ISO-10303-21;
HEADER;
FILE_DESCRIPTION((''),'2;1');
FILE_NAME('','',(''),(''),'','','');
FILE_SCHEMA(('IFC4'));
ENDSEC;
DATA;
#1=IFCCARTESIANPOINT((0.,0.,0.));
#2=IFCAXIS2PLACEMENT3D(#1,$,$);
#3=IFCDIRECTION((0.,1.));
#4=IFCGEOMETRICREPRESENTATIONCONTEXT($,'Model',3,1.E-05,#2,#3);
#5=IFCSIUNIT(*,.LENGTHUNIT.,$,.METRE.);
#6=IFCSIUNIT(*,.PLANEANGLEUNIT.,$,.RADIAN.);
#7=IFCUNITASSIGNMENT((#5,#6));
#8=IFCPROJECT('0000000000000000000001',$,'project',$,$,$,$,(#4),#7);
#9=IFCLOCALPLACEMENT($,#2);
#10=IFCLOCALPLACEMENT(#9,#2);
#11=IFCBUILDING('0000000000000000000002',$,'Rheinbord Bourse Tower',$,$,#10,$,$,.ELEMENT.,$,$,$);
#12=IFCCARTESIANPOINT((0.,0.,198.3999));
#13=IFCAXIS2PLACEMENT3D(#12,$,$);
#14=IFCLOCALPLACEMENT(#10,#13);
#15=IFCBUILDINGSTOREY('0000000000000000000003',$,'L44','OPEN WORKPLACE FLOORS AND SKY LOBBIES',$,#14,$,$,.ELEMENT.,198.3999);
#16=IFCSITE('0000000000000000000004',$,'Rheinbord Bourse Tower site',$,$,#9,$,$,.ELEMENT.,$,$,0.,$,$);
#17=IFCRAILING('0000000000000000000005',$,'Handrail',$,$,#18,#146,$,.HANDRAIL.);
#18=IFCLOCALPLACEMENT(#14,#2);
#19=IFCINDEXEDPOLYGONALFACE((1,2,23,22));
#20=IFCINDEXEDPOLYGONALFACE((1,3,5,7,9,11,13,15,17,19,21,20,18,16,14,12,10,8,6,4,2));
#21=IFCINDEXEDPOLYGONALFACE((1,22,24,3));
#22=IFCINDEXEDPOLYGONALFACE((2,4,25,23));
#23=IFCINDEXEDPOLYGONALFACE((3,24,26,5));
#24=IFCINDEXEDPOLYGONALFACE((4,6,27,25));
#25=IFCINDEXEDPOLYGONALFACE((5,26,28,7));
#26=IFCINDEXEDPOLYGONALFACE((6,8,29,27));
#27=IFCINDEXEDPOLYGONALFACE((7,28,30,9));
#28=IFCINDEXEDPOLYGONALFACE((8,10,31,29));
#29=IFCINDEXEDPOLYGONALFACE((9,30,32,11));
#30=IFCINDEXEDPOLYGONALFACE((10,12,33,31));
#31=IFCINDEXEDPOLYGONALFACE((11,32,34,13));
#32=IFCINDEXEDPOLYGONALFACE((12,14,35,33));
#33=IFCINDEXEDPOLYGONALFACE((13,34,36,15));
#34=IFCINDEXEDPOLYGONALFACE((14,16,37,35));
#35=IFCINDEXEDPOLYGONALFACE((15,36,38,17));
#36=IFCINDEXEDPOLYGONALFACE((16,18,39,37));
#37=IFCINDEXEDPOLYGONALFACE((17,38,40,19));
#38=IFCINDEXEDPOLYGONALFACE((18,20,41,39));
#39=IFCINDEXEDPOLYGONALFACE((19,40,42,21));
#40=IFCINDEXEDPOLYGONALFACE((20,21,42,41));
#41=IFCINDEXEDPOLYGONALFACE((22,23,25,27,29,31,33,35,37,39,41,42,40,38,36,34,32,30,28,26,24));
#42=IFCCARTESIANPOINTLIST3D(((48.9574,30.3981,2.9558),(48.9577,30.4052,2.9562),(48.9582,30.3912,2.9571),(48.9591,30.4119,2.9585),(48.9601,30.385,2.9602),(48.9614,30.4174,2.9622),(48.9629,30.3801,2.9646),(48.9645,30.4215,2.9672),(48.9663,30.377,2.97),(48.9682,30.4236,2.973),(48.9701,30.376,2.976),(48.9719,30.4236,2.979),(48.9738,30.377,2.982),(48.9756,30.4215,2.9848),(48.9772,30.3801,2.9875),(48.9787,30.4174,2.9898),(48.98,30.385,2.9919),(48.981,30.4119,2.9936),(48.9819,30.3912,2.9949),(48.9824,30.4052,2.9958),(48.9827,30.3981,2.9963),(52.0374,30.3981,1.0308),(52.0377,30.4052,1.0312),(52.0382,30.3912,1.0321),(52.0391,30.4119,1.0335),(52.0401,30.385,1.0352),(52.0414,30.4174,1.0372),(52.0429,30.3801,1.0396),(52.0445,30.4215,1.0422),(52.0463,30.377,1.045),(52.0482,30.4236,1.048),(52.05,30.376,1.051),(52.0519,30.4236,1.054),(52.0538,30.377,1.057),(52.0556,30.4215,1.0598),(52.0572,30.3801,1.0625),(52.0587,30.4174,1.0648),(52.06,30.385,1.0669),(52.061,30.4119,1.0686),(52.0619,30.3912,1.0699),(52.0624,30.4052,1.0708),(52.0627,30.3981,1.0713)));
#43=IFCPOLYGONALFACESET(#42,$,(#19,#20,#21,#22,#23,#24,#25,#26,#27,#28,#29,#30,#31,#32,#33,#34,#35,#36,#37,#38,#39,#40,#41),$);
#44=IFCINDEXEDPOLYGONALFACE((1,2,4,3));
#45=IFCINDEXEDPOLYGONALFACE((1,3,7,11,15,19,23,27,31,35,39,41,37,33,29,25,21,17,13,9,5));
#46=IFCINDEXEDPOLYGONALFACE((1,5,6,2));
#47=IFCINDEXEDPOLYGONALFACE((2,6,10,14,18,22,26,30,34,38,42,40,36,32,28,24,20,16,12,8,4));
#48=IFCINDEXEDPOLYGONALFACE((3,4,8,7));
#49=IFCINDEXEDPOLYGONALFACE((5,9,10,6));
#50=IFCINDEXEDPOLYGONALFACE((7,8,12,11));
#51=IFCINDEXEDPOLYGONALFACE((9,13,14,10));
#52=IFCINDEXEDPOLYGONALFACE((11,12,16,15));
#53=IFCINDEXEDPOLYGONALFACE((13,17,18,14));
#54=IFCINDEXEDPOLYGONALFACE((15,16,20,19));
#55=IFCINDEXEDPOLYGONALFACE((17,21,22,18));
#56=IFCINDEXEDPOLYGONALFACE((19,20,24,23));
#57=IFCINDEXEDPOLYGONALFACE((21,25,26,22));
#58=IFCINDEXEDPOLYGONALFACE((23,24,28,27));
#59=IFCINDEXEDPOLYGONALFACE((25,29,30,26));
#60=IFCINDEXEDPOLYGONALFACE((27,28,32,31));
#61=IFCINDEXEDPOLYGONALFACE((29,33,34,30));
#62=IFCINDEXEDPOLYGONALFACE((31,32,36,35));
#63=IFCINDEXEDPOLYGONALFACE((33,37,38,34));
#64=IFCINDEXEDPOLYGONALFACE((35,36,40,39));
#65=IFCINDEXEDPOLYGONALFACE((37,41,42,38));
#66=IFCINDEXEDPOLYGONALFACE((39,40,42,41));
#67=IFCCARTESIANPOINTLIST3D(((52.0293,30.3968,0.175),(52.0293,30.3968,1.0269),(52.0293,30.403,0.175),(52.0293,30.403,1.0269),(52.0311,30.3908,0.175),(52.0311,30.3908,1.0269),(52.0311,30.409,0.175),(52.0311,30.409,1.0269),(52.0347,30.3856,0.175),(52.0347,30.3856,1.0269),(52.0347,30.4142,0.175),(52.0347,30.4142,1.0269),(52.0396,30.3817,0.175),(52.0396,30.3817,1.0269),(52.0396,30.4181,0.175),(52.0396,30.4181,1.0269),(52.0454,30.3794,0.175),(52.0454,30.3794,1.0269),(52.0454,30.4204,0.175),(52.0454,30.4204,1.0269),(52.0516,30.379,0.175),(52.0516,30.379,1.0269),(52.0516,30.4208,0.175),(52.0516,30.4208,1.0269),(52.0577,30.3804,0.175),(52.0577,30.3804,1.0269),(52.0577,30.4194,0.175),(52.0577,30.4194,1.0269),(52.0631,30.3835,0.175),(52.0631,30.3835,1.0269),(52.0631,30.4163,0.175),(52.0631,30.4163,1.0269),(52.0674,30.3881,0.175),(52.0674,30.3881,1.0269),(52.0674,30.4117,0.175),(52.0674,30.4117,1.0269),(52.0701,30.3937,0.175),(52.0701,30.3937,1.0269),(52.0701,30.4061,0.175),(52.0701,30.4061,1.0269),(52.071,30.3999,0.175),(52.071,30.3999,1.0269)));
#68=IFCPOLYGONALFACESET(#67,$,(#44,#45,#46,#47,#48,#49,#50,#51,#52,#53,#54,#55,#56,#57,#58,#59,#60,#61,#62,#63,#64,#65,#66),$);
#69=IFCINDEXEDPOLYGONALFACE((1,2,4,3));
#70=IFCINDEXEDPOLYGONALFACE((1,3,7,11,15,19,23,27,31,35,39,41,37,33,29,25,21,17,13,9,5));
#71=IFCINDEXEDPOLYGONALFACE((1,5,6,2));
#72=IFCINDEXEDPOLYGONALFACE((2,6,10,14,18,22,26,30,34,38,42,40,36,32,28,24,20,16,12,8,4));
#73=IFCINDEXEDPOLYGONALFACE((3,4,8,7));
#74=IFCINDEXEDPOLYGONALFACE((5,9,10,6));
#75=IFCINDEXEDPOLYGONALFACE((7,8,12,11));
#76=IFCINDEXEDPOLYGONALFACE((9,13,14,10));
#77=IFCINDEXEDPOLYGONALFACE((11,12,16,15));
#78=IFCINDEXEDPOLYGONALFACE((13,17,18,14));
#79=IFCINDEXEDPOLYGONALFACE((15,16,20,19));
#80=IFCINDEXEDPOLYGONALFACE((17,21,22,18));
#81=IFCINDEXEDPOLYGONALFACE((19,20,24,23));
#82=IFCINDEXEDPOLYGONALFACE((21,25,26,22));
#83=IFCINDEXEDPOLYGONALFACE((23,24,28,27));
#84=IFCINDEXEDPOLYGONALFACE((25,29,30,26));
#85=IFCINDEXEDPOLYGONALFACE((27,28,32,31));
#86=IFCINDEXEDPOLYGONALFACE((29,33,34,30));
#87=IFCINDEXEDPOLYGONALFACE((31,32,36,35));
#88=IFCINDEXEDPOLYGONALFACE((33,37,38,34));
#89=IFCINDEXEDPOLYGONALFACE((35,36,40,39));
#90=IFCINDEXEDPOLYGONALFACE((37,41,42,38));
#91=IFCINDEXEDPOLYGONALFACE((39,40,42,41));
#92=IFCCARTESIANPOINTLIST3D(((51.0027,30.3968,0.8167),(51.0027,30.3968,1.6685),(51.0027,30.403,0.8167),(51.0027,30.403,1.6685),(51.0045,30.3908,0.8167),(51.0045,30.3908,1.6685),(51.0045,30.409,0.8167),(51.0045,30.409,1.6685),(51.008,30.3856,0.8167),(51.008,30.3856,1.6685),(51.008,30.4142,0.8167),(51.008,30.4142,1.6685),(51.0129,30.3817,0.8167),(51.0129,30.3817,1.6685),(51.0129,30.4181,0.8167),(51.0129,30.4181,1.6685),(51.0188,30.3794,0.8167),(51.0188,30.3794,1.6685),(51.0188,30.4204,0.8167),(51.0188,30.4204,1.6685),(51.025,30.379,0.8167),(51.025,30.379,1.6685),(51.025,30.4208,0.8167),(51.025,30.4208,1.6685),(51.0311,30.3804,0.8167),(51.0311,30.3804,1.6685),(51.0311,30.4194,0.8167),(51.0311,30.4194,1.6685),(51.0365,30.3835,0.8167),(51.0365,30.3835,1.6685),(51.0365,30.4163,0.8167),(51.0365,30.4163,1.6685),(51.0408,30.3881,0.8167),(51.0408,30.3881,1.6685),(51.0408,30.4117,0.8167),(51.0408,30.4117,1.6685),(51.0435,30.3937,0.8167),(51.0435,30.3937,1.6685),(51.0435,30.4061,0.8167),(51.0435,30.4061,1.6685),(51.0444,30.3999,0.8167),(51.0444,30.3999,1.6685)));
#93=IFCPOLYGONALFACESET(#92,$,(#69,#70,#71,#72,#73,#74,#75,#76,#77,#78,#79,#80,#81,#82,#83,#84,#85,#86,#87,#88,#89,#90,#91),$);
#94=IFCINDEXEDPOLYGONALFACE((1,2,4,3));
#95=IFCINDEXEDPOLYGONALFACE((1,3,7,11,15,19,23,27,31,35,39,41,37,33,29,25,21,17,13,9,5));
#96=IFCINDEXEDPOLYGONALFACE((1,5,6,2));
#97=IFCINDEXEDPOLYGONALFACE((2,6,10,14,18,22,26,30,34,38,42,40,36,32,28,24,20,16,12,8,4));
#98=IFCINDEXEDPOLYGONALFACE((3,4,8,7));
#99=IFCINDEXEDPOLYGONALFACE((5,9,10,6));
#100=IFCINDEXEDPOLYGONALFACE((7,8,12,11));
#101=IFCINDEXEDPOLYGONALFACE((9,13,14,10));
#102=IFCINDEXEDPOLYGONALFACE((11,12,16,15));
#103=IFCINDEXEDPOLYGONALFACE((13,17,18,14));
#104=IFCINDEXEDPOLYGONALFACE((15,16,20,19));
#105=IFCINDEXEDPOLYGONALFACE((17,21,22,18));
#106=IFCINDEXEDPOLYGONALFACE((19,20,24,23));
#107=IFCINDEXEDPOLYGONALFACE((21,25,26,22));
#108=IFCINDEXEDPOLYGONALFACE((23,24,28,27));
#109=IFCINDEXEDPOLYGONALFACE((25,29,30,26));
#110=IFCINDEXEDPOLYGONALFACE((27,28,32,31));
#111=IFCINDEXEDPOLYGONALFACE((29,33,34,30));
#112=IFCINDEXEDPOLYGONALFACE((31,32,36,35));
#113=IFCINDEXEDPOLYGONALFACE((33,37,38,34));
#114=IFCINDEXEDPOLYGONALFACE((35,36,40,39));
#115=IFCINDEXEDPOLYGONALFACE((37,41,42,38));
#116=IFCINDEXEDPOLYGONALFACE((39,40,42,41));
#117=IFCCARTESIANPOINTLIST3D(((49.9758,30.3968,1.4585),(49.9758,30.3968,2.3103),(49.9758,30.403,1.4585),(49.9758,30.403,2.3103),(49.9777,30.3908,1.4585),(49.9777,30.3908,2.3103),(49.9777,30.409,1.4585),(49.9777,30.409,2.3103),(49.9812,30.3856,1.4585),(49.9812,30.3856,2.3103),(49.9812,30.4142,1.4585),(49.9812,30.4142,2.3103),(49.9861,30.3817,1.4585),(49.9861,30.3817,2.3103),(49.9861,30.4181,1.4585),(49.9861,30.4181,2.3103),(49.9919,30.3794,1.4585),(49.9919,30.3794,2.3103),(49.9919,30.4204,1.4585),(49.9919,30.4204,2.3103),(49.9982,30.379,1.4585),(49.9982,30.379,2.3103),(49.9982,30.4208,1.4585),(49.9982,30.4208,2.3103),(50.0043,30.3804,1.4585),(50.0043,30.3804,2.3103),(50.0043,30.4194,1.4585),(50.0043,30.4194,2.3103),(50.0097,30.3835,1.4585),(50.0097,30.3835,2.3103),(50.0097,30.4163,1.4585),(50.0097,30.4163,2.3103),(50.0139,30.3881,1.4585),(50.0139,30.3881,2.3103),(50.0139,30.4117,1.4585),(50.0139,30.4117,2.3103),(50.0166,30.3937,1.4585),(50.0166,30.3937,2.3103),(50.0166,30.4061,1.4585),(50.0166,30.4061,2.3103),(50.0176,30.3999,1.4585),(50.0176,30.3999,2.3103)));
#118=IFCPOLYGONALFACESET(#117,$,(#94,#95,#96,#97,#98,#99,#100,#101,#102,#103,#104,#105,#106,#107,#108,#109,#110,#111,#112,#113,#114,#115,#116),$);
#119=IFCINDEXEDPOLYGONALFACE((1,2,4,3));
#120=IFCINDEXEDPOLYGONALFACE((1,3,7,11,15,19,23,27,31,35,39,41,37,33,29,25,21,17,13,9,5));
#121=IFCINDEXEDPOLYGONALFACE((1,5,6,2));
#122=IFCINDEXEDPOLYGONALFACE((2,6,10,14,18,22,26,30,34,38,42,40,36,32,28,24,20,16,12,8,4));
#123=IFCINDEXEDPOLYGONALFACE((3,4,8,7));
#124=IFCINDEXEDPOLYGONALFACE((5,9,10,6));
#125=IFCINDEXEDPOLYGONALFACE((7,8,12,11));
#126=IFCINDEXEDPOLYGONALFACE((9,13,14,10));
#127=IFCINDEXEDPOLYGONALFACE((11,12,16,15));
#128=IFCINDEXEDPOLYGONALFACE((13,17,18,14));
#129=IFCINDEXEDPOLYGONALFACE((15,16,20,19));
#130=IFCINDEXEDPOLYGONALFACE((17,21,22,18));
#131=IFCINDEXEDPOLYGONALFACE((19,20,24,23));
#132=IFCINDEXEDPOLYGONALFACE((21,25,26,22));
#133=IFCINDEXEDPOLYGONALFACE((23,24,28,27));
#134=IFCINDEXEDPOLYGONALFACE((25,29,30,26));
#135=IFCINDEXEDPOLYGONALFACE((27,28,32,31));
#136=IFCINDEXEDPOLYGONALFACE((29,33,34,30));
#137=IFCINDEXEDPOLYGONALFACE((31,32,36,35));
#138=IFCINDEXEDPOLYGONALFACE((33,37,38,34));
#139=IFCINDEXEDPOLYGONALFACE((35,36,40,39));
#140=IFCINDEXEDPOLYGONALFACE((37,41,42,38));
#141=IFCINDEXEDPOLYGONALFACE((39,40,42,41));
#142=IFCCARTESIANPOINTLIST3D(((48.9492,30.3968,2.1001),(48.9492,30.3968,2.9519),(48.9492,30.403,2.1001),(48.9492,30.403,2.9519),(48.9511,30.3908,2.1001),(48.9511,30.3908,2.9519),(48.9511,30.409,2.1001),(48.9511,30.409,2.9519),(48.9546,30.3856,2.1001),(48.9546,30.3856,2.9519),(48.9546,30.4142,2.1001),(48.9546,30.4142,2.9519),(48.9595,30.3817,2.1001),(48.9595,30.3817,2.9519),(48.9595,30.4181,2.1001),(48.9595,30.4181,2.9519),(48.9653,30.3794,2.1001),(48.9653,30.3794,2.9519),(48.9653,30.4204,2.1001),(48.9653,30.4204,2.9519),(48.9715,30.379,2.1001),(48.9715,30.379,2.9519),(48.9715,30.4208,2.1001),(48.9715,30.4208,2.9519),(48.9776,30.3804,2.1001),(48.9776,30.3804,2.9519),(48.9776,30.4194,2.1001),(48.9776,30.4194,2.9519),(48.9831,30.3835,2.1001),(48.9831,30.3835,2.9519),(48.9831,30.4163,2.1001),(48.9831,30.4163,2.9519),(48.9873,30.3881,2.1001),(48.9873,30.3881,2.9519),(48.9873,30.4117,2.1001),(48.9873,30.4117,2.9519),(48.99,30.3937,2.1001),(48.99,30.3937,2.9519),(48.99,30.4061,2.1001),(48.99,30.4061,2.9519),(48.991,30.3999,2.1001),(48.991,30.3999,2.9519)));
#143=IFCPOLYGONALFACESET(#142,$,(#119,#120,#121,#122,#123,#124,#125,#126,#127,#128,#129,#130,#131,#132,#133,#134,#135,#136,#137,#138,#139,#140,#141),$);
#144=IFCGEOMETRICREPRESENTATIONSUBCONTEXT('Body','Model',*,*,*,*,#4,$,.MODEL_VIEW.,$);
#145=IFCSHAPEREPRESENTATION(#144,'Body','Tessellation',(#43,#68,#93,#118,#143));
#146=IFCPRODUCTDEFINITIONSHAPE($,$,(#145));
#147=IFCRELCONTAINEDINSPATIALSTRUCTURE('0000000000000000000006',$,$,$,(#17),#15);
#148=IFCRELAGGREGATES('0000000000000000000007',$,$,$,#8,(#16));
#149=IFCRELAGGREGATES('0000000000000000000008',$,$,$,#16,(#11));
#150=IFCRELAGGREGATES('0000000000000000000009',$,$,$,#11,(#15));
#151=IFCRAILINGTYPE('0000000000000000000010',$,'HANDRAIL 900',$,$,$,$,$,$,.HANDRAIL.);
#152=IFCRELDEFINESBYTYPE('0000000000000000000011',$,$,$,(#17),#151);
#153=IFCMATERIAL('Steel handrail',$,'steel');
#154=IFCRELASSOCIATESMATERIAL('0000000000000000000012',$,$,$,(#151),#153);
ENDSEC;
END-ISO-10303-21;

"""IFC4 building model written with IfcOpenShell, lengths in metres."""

from ifc_helpers import new_model, si_unit, direction, frame, origin, origin_2d, place, context, subcontext, project, spatial, circle, extrude, material, type_object, element, save


model = new_model("IFC4")

# Units and contexts
model_context = context("Model", 3, precision=1e-05, world=origin(), true_north=direction((0.0, 1.0)))
body_context = subcontext(model_context, "Body", "Model", "MODEL_VIEW")
ifc_project = project(units=[si_unit("LENGTHUNIT", "METRE"), si_unit("PLANEANGLEUNIT", "RADIAN")], contexts=[model_context])

# Site, building, storey
site_placement = place(None, origin())
site = spatial("IfcSite", under=ifc_project, at=site_placement, Name="Rheinbord Bourse Tower site", CompositionType="ELEMENT", RefElevation=0.0)
building_placement = place(site_placement, origin())
building = spatial("IfcBuilding", under=site, at=building_placement, Name="Rheinbord Bourse Tower", CompositionType="ELEMENT")
storey_placement = place(building_placement, frame((0.0, 0.0, 198.3999)))
storey = spatial("IfcBuildingStorey", under=building, at=storey_placement, Name="L44", Description="OPEN WORKPLACE FLOORS AND SKY LOBBIES", CompositionType="ELEMENT", Elevation=198.3999)

# Railing
ifc_material_1 = material(Name="Steel handrail", Category="steel")
railing_type = type_object("IfcRailingType", Name="HANDRAIL 900", PredefinedType="HANDRAIL", material=ifc_material_1)
railing_1_placement = place(storey_placement, frame((52.05, 30.3999, 0.175)))
element("IfcRailing", 1, at=railing_1_placement, inside=storey, type_object=railing_type, Name="Handrail", PredefinedType="HANDRAIL", context=body_context, shape_type="SweptSolid", body=[
    extrude(circle(Radius=0.0239, at=origin_2d()), frame((0.0, 0.0, 0.876), z_axis=(-0.847998, 0.0, 0.529999), x_axis=(0.0, -1.0, 0.0)), (0.0, 0.0, 1.0), 3.6321),
    extrude(circle(Radius=0.021, at=origin_2d()), origin(), (0.0, 0.0, 1.0), 0.8518),
    extrude(circle(Radius=0.021, at=origin_2d()), frame((-1.0266, 0.0, 0.6416)), (0.0, 0.0, 1.0), 0.8518),
    extrude(circle(Radius=0.021, at=origin_2d()), frame((-2.0535, 0.0, 1.2834)), (0.0, 0.0, 1.0), 0.8518),
    extrude(circle(Radius=0.021, at=origin_2d()), frame((-3.0801, 0.0, 1.925)), (0.0, 0.0, 1.0), 0.8518),
])

save(model, "model.ifc")
